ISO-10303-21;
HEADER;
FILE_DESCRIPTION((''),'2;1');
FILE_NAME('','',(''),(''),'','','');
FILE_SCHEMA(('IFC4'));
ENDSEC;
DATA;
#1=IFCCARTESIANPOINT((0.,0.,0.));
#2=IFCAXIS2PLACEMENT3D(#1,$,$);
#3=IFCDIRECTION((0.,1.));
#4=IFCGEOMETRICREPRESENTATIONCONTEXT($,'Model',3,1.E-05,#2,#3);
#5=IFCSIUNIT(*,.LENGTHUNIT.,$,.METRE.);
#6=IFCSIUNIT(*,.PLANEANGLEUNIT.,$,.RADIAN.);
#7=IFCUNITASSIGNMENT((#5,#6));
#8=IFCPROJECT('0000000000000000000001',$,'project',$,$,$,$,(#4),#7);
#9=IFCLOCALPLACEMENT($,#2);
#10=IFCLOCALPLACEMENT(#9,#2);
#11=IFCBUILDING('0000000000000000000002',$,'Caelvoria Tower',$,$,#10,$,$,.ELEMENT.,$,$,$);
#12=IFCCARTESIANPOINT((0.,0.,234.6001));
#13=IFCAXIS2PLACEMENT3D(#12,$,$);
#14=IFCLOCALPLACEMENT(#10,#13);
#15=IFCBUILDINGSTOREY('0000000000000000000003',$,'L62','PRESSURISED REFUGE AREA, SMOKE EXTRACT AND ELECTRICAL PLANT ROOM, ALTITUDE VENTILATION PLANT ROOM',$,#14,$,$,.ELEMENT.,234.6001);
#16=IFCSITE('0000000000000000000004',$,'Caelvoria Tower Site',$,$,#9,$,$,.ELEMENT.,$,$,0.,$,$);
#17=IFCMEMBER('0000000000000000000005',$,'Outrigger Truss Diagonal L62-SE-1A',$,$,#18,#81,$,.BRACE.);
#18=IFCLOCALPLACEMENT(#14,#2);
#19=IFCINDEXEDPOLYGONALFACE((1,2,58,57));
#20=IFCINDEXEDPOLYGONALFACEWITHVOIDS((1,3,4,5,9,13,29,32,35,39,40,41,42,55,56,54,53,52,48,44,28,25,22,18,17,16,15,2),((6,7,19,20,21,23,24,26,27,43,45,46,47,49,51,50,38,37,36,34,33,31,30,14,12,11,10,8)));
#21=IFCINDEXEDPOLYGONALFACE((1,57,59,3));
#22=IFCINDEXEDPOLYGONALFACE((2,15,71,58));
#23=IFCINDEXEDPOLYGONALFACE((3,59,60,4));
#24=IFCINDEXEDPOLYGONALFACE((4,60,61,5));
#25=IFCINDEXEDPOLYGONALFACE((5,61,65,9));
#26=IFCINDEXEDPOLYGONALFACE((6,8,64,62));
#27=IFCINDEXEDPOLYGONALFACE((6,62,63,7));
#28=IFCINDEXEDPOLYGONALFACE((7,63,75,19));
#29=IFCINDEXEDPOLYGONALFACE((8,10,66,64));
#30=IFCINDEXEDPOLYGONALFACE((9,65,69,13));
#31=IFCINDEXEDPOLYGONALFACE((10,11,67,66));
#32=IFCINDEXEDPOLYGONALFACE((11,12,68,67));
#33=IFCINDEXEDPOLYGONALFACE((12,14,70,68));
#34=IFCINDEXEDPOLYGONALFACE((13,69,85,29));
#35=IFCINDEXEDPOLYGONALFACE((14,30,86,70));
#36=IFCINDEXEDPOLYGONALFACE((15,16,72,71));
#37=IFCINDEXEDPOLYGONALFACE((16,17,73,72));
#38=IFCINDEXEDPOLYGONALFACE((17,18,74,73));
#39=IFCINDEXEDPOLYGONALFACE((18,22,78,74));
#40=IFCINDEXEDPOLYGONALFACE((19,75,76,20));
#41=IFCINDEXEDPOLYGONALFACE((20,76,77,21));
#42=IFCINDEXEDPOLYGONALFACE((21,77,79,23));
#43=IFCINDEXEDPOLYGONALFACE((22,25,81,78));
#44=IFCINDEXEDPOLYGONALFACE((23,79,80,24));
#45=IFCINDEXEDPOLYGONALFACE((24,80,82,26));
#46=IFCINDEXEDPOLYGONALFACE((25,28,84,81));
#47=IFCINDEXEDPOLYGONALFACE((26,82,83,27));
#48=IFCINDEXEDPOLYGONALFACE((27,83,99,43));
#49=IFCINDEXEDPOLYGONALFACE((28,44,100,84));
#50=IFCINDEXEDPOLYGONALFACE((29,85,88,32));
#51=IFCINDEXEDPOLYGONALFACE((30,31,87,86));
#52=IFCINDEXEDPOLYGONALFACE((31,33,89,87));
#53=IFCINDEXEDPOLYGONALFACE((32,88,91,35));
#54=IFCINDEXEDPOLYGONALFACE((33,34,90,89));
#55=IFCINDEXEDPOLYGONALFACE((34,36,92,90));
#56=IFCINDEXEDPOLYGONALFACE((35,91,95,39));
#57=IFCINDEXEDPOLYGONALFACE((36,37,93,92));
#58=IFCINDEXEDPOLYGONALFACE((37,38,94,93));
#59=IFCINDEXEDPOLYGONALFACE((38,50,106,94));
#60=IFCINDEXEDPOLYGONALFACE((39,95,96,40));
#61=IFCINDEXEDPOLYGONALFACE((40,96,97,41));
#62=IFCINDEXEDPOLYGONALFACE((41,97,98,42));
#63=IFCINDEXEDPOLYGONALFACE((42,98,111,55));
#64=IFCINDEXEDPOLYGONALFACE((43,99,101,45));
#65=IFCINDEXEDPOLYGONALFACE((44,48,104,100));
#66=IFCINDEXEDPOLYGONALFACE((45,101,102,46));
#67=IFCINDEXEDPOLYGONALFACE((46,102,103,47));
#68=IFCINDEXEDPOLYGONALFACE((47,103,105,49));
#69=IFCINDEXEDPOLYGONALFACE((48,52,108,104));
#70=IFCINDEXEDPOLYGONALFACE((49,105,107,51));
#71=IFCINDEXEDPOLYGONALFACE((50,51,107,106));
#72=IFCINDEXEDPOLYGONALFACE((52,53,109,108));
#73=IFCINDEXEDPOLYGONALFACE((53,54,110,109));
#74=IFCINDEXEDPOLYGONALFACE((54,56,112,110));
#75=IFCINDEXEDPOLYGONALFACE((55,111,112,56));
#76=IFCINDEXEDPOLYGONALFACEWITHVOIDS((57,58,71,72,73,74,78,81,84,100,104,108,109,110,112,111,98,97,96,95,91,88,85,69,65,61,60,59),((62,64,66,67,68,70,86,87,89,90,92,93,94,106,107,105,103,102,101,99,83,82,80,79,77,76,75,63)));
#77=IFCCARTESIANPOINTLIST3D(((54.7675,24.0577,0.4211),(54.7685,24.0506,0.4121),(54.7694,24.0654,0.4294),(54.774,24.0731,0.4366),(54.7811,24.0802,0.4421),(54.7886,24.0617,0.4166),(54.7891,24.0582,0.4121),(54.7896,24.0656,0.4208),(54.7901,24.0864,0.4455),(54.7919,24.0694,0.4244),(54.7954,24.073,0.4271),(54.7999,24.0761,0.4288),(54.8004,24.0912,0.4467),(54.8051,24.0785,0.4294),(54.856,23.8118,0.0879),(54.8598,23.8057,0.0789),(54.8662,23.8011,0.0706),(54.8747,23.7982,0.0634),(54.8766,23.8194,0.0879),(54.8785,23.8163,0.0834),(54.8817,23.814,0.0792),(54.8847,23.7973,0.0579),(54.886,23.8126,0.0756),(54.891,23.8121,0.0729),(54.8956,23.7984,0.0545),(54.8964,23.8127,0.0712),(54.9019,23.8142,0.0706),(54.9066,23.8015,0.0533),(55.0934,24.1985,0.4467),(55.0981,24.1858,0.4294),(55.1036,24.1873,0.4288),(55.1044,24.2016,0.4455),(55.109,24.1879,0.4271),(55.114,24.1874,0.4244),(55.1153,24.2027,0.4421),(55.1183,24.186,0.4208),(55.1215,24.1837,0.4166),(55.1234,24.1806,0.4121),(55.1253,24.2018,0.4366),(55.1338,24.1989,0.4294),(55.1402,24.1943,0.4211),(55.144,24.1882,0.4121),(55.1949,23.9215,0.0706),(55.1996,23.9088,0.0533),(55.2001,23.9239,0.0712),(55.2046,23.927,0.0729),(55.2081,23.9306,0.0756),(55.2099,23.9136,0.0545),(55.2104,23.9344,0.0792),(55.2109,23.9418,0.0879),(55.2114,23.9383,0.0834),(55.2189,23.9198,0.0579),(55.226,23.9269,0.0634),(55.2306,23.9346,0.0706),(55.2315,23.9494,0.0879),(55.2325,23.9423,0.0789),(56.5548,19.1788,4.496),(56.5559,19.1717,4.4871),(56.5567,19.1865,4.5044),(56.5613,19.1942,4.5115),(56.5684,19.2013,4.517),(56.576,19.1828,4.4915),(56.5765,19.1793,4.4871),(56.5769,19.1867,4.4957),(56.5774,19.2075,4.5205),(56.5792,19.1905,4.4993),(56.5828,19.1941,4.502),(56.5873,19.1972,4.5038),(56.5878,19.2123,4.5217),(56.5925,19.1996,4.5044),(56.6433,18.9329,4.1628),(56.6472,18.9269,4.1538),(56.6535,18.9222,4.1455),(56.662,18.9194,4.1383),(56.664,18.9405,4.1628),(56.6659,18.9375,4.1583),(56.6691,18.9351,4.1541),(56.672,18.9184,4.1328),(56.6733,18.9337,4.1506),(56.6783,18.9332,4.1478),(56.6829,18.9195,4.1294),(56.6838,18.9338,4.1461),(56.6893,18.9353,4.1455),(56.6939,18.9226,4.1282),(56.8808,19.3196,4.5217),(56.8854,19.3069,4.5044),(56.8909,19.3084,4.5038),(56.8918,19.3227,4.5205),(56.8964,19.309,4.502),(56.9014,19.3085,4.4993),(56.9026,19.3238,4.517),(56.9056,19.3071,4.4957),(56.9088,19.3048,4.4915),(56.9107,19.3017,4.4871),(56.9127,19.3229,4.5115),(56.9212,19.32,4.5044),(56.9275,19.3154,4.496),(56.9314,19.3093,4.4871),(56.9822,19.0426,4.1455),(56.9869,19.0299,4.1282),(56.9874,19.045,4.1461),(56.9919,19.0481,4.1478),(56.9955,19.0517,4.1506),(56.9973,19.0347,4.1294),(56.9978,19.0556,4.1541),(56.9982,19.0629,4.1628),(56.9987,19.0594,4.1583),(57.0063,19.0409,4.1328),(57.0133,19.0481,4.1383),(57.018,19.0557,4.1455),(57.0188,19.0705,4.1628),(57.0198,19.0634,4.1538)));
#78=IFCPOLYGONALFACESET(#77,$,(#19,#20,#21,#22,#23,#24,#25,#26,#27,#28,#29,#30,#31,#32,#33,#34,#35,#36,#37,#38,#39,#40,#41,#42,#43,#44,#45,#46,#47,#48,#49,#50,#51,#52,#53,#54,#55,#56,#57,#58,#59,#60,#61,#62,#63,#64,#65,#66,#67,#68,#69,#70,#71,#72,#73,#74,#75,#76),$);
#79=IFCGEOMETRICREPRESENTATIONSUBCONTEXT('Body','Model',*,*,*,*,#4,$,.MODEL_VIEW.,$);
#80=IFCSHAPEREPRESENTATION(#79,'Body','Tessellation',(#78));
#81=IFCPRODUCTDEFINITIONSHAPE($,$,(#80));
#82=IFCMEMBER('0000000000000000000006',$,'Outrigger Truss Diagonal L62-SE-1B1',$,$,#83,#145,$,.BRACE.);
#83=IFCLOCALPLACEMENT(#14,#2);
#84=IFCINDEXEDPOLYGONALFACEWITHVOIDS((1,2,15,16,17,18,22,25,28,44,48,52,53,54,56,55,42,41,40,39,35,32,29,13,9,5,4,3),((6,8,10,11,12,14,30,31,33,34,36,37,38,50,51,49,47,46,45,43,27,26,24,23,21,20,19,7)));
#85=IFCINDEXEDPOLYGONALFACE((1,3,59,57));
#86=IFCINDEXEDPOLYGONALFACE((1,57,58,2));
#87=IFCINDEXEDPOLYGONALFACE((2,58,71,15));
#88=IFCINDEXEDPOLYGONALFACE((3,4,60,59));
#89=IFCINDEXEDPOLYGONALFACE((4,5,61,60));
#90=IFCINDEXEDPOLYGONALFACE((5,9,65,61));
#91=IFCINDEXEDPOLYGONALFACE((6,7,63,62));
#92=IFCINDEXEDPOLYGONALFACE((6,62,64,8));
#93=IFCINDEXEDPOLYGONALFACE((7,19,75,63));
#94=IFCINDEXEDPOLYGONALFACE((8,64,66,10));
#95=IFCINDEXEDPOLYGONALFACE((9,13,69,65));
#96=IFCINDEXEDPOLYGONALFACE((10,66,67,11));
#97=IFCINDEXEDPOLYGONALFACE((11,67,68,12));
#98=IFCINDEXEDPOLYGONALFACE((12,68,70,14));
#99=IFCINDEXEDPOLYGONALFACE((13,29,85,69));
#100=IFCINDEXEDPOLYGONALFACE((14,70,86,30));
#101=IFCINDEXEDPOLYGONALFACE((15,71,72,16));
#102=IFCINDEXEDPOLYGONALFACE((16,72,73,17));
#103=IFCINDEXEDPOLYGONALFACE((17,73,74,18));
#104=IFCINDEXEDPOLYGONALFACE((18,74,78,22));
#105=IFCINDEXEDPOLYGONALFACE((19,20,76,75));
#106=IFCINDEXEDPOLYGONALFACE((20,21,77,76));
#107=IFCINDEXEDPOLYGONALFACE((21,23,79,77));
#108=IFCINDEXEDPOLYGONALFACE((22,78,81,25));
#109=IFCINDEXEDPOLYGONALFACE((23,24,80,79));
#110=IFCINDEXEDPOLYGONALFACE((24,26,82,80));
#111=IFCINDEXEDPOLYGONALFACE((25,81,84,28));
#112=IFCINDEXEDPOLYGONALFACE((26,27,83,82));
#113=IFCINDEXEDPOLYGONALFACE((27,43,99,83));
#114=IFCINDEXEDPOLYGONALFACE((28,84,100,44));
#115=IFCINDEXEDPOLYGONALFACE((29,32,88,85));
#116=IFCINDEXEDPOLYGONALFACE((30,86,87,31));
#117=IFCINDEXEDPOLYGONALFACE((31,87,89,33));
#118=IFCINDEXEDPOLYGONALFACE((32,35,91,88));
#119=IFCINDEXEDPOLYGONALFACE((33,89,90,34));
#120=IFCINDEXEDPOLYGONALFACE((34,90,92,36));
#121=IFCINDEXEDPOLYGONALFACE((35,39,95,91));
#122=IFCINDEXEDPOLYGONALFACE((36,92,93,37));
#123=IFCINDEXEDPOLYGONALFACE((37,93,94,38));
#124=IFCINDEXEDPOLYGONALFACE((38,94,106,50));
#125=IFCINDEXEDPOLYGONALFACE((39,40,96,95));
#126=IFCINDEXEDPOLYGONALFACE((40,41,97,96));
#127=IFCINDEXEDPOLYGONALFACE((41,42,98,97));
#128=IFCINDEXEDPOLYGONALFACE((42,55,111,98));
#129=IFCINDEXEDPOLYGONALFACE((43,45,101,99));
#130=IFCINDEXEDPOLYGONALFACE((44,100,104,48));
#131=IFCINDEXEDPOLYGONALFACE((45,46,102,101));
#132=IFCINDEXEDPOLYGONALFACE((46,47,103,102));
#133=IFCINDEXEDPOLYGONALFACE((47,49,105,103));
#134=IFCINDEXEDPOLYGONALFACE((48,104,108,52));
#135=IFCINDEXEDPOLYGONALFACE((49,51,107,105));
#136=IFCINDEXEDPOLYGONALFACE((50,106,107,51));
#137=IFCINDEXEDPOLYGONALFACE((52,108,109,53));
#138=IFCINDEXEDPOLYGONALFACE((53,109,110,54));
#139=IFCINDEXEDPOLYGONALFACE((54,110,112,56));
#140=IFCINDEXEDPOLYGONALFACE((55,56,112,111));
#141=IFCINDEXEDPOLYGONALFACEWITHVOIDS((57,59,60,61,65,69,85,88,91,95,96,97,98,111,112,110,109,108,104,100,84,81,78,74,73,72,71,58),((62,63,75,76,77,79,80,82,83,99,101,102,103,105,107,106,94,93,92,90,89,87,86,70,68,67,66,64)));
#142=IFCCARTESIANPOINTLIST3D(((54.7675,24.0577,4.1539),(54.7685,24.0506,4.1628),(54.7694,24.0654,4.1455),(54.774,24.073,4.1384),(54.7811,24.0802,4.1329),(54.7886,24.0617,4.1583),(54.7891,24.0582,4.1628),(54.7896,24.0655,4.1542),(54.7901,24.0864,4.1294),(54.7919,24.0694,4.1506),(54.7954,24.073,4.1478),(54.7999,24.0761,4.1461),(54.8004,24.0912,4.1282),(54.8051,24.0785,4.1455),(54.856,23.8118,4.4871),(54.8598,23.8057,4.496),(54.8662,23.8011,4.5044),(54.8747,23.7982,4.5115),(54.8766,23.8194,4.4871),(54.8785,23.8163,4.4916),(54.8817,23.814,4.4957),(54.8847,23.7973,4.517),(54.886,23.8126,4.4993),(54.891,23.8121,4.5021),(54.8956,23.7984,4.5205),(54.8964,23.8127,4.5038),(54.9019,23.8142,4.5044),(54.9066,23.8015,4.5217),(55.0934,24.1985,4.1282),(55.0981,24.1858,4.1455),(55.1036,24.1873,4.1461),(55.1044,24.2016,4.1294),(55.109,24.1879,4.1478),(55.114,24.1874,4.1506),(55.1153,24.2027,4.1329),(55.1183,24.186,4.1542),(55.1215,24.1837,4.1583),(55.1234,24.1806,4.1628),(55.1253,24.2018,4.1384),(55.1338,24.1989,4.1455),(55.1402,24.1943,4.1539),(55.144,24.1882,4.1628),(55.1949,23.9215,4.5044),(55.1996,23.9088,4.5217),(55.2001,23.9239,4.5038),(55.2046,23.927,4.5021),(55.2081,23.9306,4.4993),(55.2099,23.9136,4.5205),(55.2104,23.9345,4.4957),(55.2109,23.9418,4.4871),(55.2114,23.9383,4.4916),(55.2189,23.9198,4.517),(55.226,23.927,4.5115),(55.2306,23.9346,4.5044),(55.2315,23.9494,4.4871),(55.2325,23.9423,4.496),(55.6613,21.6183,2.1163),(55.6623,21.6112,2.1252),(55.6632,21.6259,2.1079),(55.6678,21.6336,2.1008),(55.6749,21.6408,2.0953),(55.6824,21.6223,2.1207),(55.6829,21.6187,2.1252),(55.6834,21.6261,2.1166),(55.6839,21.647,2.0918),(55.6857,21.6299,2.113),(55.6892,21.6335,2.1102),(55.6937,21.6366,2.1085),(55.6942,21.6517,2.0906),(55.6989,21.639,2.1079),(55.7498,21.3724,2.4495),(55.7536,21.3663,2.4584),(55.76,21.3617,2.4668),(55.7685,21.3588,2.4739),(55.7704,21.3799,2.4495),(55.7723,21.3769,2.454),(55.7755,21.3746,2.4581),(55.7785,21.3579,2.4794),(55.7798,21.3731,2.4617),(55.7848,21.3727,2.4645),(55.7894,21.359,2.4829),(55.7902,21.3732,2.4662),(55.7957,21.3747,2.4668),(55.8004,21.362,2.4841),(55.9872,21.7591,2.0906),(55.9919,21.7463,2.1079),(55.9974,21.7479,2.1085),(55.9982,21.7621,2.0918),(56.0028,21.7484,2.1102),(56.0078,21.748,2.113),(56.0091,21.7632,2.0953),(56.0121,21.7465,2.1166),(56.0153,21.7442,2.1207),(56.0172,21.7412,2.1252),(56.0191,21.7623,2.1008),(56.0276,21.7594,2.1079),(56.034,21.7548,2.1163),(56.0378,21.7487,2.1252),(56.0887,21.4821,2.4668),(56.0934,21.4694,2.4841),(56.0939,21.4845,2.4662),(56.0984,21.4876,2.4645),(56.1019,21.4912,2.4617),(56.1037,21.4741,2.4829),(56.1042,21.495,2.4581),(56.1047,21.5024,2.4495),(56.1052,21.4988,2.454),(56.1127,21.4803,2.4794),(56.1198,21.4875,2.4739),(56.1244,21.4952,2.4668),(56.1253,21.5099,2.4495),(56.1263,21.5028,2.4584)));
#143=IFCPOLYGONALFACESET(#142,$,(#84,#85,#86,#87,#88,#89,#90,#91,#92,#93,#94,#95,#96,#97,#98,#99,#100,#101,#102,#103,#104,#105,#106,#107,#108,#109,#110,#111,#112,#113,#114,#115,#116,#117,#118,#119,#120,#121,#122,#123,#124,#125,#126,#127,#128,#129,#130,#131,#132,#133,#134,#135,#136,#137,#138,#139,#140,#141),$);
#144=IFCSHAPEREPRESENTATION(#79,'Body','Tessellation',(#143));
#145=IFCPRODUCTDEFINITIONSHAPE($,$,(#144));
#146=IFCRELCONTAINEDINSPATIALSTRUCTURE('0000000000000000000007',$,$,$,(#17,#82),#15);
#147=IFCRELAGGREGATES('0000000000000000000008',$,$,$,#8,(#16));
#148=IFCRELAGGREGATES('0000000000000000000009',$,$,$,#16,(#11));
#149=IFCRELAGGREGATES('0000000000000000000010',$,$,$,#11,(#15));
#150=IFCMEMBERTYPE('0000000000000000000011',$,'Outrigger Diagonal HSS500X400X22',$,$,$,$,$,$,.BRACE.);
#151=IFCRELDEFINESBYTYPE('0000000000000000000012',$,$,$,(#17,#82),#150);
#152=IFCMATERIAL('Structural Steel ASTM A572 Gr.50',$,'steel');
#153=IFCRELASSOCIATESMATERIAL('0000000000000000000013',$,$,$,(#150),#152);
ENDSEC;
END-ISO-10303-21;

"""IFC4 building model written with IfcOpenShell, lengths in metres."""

from ifc_helpers import new_model, si_unit, direction, frame, origin, origin_2d, place, context, subcontext, project, spatial, hollow_rectangle, extrude, material, material_profile, profile_set, type_object, element, save


model = new_model("IFC4")

# Units and contexts
model_context = context("Model", 3, precision=1e-05, world=origin(), true_north=direction((0.0, 1.0)))
body_context = subcontext(model_context, "Body", "Model", "MODEL_VIEW")
ifc_project = project(units=[si_unit("LENGTHUNIT", "METRE"), si_unit("PLANEANGLEUNIT", "RADIAN")], contexts=[model_context])

# Site, building, storey
site_placement = place(None, origin())
site = spatial("IfcSite", under=ifc_project, at=site_placement, Name="Caelvoria Tower Site", CompositionType="ELEMENT", RefElevation=0.0)
building_placement = place(site_placement, origin())
building = spatial("IfcBuilding", under=site, at=building_placement, Name="Caelvoria Tower", CompositionType="ELEMENT")
storey_placement = place(building_placement, frame((0.0, 0.0, 234.6001)))
storey = spatial("IfcBuildingStorey", under=building, at=storey_placement, Name="L62", Description="PRESSURISED REFUGE AREA, SMOKE EXTRACT AND ELECTRICAL PLANT ROOM, ALTITUDE VENTILATION PLANT ROOM", CompositionType="ELEMENT", Elevation=234.6001)

# Members
ifc_material_1 = material(Name="Structural Steel ASTM A572 Gr.50", Category="steel")
ifc_material_profile_1 = material_profile(ifc_material_1, hollow_rectangle(XDim=0.3999, YDim=0.5, WallThickness=0.022, InnerFilletRadius=0.022, OuterFilletRadius=0.0439, at=origin_2d()), Name="Structural Steel ASTM A572 Gr.50")
ifc_profile_set_1 = profile_set([ifc_material_profile_1], Name="HSS500X400X22 - Structural Steel ASTM A572 Gr.50")
member_type = type_object("IfcMemberType", Name="Outrigger Diagonal HSS500X400X22", PredefinedType="BRACE", material=ifc_profile_set_1)
member_1_placement = place(storey_placement, frame((55.0, 24.0, 0.25), z_axis=(0.270676, -0.738859, 0.617108), x_axis=(0.938974, 0.343987, 0.0)))
element("IfcMember", 1, at=member_1_placement, inside=storey, type_object=member_type, Name="Outrigger Truss Diagonal L62-SE-1A", PredefinedType="BRACE", context=body_context, shape_type="SweptSolid", body=[
    extrude(hollow_rectangle(XDim=0.3999, YDim=0.5, WallThickness=0.022, InnerFilletRadius=0.022, OuterFilletRadius=0.0439, at=origin_2d()), origin(), (0.0, 0.0, 1.0), 6.6033),
])
member_2_placement = place(storey_placement, frame((55.0, 24.0, 4.325), z_axis=(0.270704, -0.738834, -0.617125), x_axis=(0.938959, 0.344028, 0.0)))
element("IfcMember", 2, at=member_2_placement, inside=storey, type_object=member_type, Name="Outrigger Truss Diagonal L62-SE-1B1", PredefinedType="BRACE", context=body_context, shape_type="SweptSolid", body=[
    extrude(hollow_rectangle(XDim=0.3999, YDim=0.5, WallThickness=0.022, InnerFilletRadius=0.022, OuterFilletRadius=0.0439, at=origin_2d()), origin(), (0.0, 0.0, 1.0), 3.3018),
])

save(model, "model.ifc")
